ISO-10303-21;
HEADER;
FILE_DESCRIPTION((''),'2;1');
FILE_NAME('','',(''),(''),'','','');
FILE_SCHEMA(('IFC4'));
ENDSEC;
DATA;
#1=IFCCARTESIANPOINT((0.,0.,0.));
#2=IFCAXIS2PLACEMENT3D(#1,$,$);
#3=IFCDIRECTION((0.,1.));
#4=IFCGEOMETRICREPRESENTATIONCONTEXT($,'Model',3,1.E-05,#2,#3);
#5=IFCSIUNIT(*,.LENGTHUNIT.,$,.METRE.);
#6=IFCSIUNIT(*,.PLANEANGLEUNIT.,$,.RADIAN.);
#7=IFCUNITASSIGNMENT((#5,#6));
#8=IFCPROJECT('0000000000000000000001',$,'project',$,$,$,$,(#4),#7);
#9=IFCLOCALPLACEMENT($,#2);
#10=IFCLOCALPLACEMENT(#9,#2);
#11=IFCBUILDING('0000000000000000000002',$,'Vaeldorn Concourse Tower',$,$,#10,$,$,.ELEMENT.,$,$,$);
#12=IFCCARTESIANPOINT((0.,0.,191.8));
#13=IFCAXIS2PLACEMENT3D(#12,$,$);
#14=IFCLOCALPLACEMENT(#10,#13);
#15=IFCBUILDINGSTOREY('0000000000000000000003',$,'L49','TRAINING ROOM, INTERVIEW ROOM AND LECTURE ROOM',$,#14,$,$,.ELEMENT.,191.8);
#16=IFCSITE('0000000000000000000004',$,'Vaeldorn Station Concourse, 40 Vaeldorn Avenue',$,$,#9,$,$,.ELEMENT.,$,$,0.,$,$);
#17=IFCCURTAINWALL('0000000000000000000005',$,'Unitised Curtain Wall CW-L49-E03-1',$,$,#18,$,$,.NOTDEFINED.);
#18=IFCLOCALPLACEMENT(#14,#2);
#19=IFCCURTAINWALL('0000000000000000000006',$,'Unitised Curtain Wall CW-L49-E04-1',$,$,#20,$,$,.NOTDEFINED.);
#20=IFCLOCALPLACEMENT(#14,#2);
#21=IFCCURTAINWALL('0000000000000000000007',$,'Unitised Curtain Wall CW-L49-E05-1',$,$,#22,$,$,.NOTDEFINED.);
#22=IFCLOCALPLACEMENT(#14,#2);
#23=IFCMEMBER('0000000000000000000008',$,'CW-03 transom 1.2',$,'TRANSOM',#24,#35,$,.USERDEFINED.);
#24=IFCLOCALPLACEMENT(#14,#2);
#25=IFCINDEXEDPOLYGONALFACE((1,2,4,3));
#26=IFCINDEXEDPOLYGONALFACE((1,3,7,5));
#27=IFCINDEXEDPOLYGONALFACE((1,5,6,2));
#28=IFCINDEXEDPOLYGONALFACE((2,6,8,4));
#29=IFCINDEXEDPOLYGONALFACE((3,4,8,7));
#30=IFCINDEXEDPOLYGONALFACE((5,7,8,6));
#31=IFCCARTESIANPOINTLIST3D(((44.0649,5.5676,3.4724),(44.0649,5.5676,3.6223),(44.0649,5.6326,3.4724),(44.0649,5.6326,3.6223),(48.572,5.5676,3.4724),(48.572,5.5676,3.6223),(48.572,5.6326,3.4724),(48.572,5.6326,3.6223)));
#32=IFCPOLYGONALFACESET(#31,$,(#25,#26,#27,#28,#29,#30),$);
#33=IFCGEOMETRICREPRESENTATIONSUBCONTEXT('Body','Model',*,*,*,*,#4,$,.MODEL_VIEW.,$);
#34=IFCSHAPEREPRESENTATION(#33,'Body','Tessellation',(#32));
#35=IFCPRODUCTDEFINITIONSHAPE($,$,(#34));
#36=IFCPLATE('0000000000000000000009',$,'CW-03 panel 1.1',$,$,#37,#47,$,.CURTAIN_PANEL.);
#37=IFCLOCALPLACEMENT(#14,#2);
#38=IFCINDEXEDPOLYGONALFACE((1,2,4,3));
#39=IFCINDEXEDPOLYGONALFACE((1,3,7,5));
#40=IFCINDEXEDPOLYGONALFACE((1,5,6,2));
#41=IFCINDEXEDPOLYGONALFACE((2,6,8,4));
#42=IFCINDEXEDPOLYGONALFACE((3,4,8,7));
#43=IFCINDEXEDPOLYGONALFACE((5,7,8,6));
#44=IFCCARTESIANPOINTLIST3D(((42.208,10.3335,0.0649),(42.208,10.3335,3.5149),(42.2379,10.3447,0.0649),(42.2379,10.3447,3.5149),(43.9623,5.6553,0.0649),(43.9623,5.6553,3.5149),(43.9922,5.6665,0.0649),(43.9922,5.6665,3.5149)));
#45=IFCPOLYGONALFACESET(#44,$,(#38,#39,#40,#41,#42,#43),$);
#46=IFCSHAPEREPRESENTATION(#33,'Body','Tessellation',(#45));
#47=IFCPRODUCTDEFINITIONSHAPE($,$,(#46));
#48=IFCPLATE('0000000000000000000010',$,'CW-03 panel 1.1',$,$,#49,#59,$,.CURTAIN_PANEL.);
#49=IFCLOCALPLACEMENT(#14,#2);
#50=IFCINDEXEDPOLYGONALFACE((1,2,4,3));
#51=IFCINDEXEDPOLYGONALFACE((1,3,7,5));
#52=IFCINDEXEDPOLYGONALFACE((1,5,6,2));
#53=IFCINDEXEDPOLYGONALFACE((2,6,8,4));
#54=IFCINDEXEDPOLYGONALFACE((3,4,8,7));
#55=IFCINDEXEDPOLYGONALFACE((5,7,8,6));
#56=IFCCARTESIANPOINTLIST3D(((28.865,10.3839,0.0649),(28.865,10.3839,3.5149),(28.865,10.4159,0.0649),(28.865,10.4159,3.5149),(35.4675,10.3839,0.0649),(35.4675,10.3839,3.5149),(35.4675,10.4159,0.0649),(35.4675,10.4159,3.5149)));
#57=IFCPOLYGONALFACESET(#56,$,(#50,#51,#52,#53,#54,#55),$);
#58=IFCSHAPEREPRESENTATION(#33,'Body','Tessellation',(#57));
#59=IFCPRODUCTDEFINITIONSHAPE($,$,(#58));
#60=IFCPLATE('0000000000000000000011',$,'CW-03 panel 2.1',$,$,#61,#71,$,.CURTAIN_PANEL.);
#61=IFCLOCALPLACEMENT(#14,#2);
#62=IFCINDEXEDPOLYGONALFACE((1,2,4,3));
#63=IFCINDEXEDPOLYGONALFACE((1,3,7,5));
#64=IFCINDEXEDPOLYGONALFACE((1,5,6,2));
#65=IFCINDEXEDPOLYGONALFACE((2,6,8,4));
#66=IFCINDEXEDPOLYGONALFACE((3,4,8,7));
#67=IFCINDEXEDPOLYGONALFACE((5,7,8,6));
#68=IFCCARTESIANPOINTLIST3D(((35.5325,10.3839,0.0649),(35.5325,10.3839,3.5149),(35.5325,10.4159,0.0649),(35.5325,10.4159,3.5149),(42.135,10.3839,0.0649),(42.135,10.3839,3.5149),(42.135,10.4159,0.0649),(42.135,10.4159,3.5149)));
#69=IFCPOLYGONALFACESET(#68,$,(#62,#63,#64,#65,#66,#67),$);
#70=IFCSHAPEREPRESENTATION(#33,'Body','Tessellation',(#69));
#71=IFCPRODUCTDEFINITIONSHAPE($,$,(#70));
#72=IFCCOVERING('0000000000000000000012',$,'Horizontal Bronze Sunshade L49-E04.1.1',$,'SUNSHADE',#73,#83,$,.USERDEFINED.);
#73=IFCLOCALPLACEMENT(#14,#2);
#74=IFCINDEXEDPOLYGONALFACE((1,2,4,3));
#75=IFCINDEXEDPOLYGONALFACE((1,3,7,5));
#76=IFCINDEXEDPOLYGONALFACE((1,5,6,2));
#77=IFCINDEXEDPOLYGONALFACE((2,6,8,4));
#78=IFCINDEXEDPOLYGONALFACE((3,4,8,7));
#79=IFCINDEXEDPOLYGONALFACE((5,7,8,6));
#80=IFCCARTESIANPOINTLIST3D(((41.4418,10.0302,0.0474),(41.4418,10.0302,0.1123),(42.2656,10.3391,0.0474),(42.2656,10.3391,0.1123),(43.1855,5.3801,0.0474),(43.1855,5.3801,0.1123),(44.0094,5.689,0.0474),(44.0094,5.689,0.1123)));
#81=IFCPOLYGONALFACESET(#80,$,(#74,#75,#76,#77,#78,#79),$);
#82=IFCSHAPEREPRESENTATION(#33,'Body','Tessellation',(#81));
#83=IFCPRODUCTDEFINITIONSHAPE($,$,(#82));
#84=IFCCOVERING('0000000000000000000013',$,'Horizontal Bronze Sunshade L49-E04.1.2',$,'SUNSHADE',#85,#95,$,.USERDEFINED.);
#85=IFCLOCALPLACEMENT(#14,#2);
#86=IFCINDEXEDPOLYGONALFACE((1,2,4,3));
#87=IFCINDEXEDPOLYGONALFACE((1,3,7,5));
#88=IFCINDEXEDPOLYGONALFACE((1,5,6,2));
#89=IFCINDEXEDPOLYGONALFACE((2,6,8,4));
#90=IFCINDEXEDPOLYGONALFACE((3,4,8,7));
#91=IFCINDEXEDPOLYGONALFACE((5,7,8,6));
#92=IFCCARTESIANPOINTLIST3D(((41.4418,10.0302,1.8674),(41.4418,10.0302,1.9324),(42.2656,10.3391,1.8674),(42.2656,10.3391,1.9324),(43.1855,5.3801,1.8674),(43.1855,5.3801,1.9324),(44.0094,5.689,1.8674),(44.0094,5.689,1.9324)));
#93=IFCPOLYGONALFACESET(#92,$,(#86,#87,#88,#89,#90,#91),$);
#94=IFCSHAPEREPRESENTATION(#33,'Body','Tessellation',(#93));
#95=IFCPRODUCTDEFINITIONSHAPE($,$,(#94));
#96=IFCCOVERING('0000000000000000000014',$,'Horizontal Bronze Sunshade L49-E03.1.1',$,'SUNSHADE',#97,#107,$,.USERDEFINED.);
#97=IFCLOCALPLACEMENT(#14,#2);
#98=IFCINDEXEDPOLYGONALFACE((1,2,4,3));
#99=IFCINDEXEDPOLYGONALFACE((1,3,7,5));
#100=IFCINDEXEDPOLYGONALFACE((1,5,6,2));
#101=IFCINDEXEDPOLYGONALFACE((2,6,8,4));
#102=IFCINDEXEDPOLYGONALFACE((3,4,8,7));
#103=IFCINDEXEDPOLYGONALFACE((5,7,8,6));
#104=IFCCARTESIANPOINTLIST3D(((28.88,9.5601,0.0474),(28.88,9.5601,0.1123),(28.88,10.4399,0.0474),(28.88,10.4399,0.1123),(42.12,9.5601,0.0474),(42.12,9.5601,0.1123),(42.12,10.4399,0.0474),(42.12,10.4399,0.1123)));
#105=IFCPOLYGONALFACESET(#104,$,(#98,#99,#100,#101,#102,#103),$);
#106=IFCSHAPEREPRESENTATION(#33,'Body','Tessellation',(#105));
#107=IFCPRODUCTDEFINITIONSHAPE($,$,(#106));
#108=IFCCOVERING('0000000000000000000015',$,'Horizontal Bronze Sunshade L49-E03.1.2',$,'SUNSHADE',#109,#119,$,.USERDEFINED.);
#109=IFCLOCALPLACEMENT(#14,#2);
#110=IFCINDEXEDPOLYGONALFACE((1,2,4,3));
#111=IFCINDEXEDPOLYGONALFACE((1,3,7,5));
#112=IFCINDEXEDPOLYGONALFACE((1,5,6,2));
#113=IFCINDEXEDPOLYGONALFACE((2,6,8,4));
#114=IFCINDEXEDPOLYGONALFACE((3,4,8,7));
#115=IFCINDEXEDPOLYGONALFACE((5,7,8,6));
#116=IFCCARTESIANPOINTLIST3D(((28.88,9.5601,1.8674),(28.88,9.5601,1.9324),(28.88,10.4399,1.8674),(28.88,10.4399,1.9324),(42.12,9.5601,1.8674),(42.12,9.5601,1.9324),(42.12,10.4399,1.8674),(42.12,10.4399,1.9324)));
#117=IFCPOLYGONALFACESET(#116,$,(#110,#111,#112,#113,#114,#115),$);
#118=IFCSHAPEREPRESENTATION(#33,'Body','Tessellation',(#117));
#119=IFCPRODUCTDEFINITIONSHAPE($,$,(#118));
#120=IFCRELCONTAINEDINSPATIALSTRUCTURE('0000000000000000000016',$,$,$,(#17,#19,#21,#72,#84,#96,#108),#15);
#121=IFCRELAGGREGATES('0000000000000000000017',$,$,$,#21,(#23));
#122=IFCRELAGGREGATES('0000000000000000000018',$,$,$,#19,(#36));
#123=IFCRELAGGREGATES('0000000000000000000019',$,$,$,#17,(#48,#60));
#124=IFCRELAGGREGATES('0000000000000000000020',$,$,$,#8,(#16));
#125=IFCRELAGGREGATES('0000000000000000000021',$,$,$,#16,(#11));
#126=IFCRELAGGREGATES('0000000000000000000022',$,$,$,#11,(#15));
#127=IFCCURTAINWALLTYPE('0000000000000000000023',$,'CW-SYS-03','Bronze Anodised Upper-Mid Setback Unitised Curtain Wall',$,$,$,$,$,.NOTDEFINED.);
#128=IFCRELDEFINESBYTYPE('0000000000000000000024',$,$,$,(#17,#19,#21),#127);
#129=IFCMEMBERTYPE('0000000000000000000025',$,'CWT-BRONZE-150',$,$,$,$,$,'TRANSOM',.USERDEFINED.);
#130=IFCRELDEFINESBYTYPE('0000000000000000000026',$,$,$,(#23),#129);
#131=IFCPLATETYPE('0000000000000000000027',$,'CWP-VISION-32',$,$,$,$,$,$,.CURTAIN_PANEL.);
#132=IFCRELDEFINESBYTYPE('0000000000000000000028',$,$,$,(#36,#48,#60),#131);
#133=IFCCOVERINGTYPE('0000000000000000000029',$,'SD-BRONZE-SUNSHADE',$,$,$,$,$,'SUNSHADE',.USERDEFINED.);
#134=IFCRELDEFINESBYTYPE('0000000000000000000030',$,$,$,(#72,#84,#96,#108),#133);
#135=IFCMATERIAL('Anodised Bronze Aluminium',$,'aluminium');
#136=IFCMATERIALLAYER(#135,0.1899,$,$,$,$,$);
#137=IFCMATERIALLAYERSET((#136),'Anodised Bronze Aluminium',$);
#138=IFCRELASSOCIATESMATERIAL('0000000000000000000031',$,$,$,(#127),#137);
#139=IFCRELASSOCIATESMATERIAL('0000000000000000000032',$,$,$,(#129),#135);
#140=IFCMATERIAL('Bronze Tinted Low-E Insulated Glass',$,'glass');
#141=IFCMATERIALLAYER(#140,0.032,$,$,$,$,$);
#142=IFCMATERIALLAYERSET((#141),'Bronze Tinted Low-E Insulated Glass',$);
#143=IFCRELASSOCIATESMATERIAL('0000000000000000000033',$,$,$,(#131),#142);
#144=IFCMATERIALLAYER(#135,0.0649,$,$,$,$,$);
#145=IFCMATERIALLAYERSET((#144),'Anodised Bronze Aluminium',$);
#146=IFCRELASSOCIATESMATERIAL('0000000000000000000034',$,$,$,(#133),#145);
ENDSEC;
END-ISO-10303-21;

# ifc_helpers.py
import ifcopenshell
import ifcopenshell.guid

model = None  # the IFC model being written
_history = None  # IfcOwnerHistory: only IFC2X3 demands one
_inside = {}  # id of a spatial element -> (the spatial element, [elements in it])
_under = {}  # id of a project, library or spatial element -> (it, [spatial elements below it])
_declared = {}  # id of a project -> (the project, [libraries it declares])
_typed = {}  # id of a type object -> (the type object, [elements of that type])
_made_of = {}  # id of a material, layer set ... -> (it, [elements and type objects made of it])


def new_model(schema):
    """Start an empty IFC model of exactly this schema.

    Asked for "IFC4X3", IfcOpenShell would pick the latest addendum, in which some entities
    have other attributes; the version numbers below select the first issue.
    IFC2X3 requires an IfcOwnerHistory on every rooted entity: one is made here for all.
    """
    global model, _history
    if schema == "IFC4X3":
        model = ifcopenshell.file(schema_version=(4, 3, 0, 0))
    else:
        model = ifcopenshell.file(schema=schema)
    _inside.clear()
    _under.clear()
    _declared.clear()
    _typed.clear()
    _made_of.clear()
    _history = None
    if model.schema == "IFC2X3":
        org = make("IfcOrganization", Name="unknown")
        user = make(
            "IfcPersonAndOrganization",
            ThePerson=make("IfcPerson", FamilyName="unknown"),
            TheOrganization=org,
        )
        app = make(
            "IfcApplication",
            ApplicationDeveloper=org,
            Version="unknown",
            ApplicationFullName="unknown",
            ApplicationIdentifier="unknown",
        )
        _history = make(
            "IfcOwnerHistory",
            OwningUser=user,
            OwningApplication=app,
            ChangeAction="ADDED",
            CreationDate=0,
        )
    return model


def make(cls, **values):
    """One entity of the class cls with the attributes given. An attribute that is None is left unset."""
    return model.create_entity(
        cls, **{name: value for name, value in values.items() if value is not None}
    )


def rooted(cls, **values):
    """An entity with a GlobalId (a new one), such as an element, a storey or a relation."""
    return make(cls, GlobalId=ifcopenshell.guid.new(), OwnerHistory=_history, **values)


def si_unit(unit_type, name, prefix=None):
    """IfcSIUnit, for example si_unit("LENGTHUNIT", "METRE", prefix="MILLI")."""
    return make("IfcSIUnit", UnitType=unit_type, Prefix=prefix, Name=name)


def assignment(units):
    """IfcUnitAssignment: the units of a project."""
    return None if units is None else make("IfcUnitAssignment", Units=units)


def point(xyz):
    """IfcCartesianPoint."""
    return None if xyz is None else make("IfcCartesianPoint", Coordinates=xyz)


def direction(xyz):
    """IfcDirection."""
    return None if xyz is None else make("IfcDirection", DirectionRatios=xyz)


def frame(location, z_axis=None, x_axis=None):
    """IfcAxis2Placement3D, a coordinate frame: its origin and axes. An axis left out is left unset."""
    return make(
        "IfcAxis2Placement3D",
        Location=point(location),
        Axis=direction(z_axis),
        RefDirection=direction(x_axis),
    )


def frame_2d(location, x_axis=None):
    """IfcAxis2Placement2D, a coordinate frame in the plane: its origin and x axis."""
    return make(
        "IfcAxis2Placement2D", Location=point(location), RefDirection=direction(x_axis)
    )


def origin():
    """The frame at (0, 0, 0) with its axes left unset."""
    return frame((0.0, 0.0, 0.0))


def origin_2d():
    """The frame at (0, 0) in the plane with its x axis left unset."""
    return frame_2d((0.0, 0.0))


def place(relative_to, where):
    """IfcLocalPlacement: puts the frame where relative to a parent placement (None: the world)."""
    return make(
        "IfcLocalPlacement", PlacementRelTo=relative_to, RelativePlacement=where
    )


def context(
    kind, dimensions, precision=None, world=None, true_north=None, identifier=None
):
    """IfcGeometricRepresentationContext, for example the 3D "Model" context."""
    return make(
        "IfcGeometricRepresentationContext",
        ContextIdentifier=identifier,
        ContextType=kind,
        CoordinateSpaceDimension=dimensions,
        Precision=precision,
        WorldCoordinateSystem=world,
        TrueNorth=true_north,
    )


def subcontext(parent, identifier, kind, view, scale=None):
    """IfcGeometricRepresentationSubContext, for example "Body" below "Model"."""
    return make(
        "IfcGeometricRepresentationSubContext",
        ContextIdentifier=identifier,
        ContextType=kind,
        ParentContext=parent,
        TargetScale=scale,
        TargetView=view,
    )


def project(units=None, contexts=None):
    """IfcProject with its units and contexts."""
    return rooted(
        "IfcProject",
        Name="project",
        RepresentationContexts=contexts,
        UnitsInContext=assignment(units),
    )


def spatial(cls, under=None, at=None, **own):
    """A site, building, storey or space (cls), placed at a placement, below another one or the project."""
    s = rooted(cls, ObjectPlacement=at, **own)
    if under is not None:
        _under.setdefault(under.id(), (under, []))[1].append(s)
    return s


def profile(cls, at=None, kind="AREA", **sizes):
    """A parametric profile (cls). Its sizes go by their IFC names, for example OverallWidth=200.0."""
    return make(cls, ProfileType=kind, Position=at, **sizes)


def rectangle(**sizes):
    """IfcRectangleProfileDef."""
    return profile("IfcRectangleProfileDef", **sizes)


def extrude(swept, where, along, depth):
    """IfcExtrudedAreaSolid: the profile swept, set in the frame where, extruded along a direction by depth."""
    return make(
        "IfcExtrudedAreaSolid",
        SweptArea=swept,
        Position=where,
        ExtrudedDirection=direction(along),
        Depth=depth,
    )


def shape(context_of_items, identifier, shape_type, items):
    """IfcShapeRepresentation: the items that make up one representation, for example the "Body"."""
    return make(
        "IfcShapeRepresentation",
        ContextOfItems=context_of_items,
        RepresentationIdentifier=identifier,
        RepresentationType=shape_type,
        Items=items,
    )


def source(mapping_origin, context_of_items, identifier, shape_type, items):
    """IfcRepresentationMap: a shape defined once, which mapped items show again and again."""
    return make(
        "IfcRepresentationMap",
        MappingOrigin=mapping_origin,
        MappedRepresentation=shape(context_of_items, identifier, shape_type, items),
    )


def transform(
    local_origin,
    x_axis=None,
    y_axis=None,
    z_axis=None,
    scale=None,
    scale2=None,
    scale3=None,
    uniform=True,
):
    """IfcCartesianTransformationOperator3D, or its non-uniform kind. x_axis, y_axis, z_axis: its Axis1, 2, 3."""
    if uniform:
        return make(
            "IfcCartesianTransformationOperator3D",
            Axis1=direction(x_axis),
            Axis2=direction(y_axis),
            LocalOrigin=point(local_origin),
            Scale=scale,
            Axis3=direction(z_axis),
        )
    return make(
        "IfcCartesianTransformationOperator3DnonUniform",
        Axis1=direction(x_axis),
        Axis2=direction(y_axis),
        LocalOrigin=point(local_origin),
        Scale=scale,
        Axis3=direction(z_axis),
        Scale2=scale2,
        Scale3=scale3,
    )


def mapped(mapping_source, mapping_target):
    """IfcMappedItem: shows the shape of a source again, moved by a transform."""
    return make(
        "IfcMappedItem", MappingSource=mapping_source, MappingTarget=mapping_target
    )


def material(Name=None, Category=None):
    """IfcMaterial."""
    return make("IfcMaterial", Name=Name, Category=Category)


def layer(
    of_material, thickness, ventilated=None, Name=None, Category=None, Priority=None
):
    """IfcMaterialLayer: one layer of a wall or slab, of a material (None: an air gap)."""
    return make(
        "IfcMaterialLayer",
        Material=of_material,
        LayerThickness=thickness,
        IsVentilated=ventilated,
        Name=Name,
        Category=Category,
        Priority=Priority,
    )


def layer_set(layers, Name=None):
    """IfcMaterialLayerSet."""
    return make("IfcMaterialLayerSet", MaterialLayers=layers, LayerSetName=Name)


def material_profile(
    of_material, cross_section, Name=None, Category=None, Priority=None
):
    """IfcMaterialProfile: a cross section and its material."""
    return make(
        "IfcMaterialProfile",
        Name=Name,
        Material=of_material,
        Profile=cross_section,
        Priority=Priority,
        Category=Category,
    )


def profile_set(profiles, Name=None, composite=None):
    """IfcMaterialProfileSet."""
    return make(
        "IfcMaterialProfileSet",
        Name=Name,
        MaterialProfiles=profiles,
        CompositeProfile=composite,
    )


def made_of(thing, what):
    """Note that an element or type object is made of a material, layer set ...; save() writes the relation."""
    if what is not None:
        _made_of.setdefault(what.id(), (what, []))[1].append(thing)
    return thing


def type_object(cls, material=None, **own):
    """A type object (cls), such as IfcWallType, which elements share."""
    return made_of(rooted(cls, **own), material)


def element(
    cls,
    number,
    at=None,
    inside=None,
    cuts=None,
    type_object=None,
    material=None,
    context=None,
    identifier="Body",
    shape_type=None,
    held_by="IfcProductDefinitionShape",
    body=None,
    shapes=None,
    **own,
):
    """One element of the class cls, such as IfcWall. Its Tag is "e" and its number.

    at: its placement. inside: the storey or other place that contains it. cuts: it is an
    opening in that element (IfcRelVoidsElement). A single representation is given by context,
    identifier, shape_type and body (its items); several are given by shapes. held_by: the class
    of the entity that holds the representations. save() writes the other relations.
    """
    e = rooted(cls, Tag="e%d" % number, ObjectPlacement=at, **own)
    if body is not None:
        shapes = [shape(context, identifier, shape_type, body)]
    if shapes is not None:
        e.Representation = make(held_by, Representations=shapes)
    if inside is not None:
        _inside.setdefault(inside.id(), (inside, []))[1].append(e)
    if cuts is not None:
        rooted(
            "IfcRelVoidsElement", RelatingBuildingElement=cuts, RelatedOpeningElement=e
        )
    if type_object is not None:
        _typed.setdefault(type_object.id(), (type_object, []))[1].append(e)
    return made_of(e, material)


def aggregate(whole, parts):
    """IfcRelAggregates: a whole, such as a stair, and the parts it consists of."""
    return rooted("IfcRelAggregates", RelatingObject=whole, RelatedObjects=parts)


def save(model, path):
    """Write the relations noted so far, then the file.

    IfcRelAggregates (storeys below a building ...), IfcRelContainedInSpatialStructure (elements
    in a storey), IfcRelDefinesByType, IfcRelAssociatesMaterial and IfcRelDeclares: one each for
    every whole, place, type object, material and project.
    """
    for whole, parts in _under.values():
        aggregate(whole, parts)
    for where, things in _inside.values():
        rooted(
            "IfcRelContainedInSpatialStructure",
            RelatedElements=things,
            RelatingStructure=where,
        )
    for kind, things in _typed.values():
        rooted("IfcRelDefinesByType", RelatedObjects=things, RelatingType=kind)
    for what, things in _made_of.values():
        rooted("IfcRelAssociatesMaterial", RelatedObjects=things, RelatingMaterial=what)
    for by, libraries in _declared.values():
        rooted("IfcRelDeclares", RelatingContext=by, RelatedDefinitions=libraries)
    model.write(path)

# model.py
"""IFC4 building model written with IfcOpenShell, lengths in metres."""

from ifc_helpers import new_model, si_unit, direction, frame, origin, origin_2d, place, context, subcontext, project, spatial, rectangle, extrude, source, transform, mapped, material, layer, layer_set, material_profile, profile_set, type_object, element, aggregate, save


model = new_model("IFC4")

# Units and contexts
model_context = context("Model", 3, precision=1e-05, world=origin(), true_north=direction((0.0, 1.0)))
body_context = subcontext(model_context, "Body", "Model", "MODEL_VIEW")
ifc_project = project(units=[si_unit("LENGTHUNIT", "METRE"), si_unit("PLANEANGLEUNIT", "RADIAN")], contexts=[model_context])

# Site, building, storey
site_placement = place(None, origin())
site = spatial("IfcSite", under=ifc_project, at=site_placement, Name="Vaeldorn Station Concourse, 40 Vaeldorn Avenue", CompositionType="ELEMENT", RefElevation=0.0)
building_placement = place(site_placement, origin())
building = spatial("IfcBuilding", under=site, at=building_placement, Name="Vaeldorn Concourse Tower", CompositionType="ELEMENT")
storey_placement = place(building_placement, frame((0.0, 0.0, 191.8)))
storey = spatial("IfcBuildingStorey", under=building, at=storey_placement, Name="L49", Description="TRAINING ROOM, INTERVIEW ROOM AND LECTURE ROOM", CompositionType="ELEMENT", Elevation=191.8)

# Curtain walls
ifc_material_1 = material(Name="Anodised Bronze Aluminium", Category="aluminium")
ifc_layer_1 = layer(ifc_material_1, 0.1899)
ifc_layer_set_1 = layer_set([ifc_layer_1], Name="Anodised Bronze Aluminium")
curtain_wall_type = type_object("IfcCurtainWallType", Name="CW-SYS-03", Description="Bronze Anodised Upper-Mid Setback Unitised Curtain Wall", PredefinedType="NOTDEFINED", material=ifc_layer_set_1)
curtain_wall_1_placement = place(storey_placement, origin())
curtain_wall_1 = element("IfcCurtainWall", 1, at=curtain_wall_1_placement, inside=storey, type_object=curtain_wall_type, Name="Unitised Curtain Wall CW-L49-E03-1", PredefinedType="NOTDEFINED")
curtain_wall_2_placement = place(storey_placement, origin())
curtain_wall_2 = element("IfcCurtainWall", 2, at=curtain_wall_2_placement, inside=storey, type_object=curtain_wall_type, Name="Unitised Curtain Wall CW-L49-E04-1", PredefinedType="NOTDEFINED")

# Curtain wall
curtain_wall_3_placement = place(storey_placement, origin())
curtain_wall_3 = element("IfcCurtainWall", 3, at=curtain_wall_3_placement, inside=storey, type_object=curtain_wall_type, Name="Unitised Curtain Wall CW-L49-E05-1", PredefinedType="NOTDEFINED")

# Member
ifc_material_profile_1 = material_profile(ifc_material_1, rectangle(XDim=0.0649, YDim=0.1499, at=origin_2d()), Name="CWT 65x150")
ifc_profile_set_1 = profile_set([ifc_material_profile_1], Name="Anodised Bronze Aluminium")
member_type_1 = type_object("IfcMemberType", Name="CWT-BRONZE-150", ElementType="TRANSOM", PredefinedType="USERDEFINED", material=ifc_profile_set_1)
shared_shape_1 = source(origin(), body_context, "Body", "SweptSolid", [
    extrude(rectangle(XDim=0.0649, YDim=0.1499, at=origin_2d()), origin(), (0.0, 0.0, 1.0), 4.5071),
])
member_1_placement = place(storey_placement, frame((44.0649, 5.6001, 3.5474), z_axis=(1.0, 0.0, 0.0), x_axis=(0.0, 1.0, 0.0)))
member_1 = element("IfcMember", 4, at=member_1_placement, type_object=member_type_1, Name="CW-03 transom 1.2", ObjectType="TRANSOM", PredefinedType="USERDEFINED", context=body_context, shape_type="MappedRepresentation", body=[
    mapped(shared_shape_1, transform((0.0, 0.0, 0.0), scale=1.0)),
])
aggregate(curtain_wall_3, [member_1])

# Plates
ifc_material_2 = material(Name="Bronze Tinted Low-E Insulated Glass", Category="glass")
ifc_layer_2 = layer(ifc_material_2, 0.032)
ifc_layer_set_2 = layer_set([ifc_layer_2], Name="Bronze Tinted Low-E Insulated Glass")
plate_type = type_object("IfcPlateType", Name="CWP-VISION-32", PredefinedType="CURTAIN_PANEL", material=ifc_layer_set_2)
shared_shape_2 = source(origin(), body_context, "Body", "SweptSolid", [
    extrude(rectangle(XDim=4.9963, YDim=0.032, at=origin_2d()), origin(), (0.0, 0.0, 1.0), 3.45),
])
plate_1_placement = place(storey_placement, frame((43.1001, 8.0, 0.0649), z_axis=(0.0, 0.0, 1.0), x_axis=(0.351123, -0.936329, 0.0)))
plate_1 = element("IfcPlate", 5, at=plate_1_placement, type_object=plate_type, Name="CW-03 panel 1.1", PredefinedType="CURTAIN_PANEL", context=body_context, shape_type="MappedRepresentation", body=[
    mapped(shared_shape_2, transform((0.0, 0.0, 0.0), scale=1.0)),
])
aggregate(curtain_wall_2, [plate_1])
shared_shape_3 = source(origin(), body_context, "Body", "SweptSolid", [
    extrude(rectangle(XDim=6.6025, YDim=0.032, at=origin_2d()), origin(), (0.0, 0.0, 1.0), 3.45),
])
plate_2_placement = place(storey_placement, frame((32.1663, 10.3999, 0.0649), z_axis=(0.0, 0.0, 1.0), x_axis=(1.0, 0.0, 0.0)))
plate_2 = element("IfcPlate", 6, at=plate_2_placement, type_object=plate_type, Name="CW-03 panel 1.1", PredefinedType="CURTAIN_PANEL", context=body_context, shape_type="MappedRepresentation", body=[
    mapped(shared_shape_3, transform((0.0, 0.0, 0.0), scale=1.0)),
])
plate_3_placement = place(storey_placement, frame((38.8337, 10.3999, 0.0649), z_axis=(0.0, 0.0, 1.0), x_axis=(1.0, 0.0, 0.0)))
plate_3 = element("IfcPlate", 7, at=plate_3_placement, type_object=plate_type, Name="CW-03 panel 2.1", PredefinedType="CURTAIN_PANEL", context=body_context, shape_type="MappedRepresentation", body=[
    mapped(shared_shape_3, transform((0.0, 0.0, 0.0), scale=1.0)),
])
aggregate(curtain_wall_1, [plate_2, plate_3])

# Coverings
ifc_layer_3 = layer(ifc_material_1, 0.0649)
ifc_layer_set_3 = layer_set([ifc_layer_3], Name="Anodised Bronze Aluminium")
covering_type = type_object("IfcCoveringType", Name="SD-BRONZE-SUNSHADE", ElementType="SUNSHADE", PredefinedType="USERDEFINED", material=ifc_layer_set_3)
shared_shape_4 = source(origin(), body_context, "Body", "SweptSolid", [
    extrude(rectangle(XDim=4.9663, YDim=0.8799, at=origin_2d()), origin(), (0.0, 0.0, 1.0), 0.0649),
])
for number, where, z_axis, x_axis, name in (
    (8, (42.7256, 7.8596, 0.0474), (0.0, 0.0, 1.0), (0.351123, -0.936329, 0.0), "Horizontal Bronze Sunshade L49-E04.1.1"),
    (9, (42.7256, 7.8596, 1.8674), (0.0, 0.0, 1.0), (0.351123, -0.936329, 0.0), "Horizontal Bronze Sunshade L49-E04.1.2"),
):
    element("IfcCovering", number, at=place(storey_placement, frame(where, z_axis=z_axis, x_axis=x_axis)), inside=storey, type_object=covering_type, Name=name, ObjectType="SUNSHADE", PredefinedType="USERDEFINED", context=body_context, shape_type="MappedRepresentation", body=[
        mapped(shared_shape_4, transform((0.0, 0.0, 0.0), scale=1.0)),
    ])
shared_shape_5 = source(origin(), body_context, "Body", "SweptSolid", [
    extrude(rectangle(XDim=13.24, YDim=0.8799, at=origin_2d()), origin(), (0.0, 0.0, 1.0), 0.0649),
])
for number, where, z_axis, x_axis, name in (
    (10, (35.5, 10.0, 0.0474), (0.0, 0.0, 1.0), (1.0, 0.0, 0.0), "Horizontal Bronze Sunshade L49-E03.1.1"),
    (11, (35.5, 10.0, 1.8674), (0.0, 0.0, 1.0), (1.0, 0.0, 0.0), "Horizontal Bronze Sunshade L49-E03.1.2"),
):
    element("IfcCovering", number, at=place(storey_placement, frame(where, z_axis=z_axis, x_axis=x_axis)), inside=storey, type_object=covering_type, Name=name, ObjectType="SUNSHADE", PredefinedType="USERDEFINED", context=body_context, shape_type="MappedRepresentation", body=[
        mapped(shared_shape_5, transform((0.0, 0.0, 0.0), scale=1.0)),
    ])

save(model, "model.ifc")
